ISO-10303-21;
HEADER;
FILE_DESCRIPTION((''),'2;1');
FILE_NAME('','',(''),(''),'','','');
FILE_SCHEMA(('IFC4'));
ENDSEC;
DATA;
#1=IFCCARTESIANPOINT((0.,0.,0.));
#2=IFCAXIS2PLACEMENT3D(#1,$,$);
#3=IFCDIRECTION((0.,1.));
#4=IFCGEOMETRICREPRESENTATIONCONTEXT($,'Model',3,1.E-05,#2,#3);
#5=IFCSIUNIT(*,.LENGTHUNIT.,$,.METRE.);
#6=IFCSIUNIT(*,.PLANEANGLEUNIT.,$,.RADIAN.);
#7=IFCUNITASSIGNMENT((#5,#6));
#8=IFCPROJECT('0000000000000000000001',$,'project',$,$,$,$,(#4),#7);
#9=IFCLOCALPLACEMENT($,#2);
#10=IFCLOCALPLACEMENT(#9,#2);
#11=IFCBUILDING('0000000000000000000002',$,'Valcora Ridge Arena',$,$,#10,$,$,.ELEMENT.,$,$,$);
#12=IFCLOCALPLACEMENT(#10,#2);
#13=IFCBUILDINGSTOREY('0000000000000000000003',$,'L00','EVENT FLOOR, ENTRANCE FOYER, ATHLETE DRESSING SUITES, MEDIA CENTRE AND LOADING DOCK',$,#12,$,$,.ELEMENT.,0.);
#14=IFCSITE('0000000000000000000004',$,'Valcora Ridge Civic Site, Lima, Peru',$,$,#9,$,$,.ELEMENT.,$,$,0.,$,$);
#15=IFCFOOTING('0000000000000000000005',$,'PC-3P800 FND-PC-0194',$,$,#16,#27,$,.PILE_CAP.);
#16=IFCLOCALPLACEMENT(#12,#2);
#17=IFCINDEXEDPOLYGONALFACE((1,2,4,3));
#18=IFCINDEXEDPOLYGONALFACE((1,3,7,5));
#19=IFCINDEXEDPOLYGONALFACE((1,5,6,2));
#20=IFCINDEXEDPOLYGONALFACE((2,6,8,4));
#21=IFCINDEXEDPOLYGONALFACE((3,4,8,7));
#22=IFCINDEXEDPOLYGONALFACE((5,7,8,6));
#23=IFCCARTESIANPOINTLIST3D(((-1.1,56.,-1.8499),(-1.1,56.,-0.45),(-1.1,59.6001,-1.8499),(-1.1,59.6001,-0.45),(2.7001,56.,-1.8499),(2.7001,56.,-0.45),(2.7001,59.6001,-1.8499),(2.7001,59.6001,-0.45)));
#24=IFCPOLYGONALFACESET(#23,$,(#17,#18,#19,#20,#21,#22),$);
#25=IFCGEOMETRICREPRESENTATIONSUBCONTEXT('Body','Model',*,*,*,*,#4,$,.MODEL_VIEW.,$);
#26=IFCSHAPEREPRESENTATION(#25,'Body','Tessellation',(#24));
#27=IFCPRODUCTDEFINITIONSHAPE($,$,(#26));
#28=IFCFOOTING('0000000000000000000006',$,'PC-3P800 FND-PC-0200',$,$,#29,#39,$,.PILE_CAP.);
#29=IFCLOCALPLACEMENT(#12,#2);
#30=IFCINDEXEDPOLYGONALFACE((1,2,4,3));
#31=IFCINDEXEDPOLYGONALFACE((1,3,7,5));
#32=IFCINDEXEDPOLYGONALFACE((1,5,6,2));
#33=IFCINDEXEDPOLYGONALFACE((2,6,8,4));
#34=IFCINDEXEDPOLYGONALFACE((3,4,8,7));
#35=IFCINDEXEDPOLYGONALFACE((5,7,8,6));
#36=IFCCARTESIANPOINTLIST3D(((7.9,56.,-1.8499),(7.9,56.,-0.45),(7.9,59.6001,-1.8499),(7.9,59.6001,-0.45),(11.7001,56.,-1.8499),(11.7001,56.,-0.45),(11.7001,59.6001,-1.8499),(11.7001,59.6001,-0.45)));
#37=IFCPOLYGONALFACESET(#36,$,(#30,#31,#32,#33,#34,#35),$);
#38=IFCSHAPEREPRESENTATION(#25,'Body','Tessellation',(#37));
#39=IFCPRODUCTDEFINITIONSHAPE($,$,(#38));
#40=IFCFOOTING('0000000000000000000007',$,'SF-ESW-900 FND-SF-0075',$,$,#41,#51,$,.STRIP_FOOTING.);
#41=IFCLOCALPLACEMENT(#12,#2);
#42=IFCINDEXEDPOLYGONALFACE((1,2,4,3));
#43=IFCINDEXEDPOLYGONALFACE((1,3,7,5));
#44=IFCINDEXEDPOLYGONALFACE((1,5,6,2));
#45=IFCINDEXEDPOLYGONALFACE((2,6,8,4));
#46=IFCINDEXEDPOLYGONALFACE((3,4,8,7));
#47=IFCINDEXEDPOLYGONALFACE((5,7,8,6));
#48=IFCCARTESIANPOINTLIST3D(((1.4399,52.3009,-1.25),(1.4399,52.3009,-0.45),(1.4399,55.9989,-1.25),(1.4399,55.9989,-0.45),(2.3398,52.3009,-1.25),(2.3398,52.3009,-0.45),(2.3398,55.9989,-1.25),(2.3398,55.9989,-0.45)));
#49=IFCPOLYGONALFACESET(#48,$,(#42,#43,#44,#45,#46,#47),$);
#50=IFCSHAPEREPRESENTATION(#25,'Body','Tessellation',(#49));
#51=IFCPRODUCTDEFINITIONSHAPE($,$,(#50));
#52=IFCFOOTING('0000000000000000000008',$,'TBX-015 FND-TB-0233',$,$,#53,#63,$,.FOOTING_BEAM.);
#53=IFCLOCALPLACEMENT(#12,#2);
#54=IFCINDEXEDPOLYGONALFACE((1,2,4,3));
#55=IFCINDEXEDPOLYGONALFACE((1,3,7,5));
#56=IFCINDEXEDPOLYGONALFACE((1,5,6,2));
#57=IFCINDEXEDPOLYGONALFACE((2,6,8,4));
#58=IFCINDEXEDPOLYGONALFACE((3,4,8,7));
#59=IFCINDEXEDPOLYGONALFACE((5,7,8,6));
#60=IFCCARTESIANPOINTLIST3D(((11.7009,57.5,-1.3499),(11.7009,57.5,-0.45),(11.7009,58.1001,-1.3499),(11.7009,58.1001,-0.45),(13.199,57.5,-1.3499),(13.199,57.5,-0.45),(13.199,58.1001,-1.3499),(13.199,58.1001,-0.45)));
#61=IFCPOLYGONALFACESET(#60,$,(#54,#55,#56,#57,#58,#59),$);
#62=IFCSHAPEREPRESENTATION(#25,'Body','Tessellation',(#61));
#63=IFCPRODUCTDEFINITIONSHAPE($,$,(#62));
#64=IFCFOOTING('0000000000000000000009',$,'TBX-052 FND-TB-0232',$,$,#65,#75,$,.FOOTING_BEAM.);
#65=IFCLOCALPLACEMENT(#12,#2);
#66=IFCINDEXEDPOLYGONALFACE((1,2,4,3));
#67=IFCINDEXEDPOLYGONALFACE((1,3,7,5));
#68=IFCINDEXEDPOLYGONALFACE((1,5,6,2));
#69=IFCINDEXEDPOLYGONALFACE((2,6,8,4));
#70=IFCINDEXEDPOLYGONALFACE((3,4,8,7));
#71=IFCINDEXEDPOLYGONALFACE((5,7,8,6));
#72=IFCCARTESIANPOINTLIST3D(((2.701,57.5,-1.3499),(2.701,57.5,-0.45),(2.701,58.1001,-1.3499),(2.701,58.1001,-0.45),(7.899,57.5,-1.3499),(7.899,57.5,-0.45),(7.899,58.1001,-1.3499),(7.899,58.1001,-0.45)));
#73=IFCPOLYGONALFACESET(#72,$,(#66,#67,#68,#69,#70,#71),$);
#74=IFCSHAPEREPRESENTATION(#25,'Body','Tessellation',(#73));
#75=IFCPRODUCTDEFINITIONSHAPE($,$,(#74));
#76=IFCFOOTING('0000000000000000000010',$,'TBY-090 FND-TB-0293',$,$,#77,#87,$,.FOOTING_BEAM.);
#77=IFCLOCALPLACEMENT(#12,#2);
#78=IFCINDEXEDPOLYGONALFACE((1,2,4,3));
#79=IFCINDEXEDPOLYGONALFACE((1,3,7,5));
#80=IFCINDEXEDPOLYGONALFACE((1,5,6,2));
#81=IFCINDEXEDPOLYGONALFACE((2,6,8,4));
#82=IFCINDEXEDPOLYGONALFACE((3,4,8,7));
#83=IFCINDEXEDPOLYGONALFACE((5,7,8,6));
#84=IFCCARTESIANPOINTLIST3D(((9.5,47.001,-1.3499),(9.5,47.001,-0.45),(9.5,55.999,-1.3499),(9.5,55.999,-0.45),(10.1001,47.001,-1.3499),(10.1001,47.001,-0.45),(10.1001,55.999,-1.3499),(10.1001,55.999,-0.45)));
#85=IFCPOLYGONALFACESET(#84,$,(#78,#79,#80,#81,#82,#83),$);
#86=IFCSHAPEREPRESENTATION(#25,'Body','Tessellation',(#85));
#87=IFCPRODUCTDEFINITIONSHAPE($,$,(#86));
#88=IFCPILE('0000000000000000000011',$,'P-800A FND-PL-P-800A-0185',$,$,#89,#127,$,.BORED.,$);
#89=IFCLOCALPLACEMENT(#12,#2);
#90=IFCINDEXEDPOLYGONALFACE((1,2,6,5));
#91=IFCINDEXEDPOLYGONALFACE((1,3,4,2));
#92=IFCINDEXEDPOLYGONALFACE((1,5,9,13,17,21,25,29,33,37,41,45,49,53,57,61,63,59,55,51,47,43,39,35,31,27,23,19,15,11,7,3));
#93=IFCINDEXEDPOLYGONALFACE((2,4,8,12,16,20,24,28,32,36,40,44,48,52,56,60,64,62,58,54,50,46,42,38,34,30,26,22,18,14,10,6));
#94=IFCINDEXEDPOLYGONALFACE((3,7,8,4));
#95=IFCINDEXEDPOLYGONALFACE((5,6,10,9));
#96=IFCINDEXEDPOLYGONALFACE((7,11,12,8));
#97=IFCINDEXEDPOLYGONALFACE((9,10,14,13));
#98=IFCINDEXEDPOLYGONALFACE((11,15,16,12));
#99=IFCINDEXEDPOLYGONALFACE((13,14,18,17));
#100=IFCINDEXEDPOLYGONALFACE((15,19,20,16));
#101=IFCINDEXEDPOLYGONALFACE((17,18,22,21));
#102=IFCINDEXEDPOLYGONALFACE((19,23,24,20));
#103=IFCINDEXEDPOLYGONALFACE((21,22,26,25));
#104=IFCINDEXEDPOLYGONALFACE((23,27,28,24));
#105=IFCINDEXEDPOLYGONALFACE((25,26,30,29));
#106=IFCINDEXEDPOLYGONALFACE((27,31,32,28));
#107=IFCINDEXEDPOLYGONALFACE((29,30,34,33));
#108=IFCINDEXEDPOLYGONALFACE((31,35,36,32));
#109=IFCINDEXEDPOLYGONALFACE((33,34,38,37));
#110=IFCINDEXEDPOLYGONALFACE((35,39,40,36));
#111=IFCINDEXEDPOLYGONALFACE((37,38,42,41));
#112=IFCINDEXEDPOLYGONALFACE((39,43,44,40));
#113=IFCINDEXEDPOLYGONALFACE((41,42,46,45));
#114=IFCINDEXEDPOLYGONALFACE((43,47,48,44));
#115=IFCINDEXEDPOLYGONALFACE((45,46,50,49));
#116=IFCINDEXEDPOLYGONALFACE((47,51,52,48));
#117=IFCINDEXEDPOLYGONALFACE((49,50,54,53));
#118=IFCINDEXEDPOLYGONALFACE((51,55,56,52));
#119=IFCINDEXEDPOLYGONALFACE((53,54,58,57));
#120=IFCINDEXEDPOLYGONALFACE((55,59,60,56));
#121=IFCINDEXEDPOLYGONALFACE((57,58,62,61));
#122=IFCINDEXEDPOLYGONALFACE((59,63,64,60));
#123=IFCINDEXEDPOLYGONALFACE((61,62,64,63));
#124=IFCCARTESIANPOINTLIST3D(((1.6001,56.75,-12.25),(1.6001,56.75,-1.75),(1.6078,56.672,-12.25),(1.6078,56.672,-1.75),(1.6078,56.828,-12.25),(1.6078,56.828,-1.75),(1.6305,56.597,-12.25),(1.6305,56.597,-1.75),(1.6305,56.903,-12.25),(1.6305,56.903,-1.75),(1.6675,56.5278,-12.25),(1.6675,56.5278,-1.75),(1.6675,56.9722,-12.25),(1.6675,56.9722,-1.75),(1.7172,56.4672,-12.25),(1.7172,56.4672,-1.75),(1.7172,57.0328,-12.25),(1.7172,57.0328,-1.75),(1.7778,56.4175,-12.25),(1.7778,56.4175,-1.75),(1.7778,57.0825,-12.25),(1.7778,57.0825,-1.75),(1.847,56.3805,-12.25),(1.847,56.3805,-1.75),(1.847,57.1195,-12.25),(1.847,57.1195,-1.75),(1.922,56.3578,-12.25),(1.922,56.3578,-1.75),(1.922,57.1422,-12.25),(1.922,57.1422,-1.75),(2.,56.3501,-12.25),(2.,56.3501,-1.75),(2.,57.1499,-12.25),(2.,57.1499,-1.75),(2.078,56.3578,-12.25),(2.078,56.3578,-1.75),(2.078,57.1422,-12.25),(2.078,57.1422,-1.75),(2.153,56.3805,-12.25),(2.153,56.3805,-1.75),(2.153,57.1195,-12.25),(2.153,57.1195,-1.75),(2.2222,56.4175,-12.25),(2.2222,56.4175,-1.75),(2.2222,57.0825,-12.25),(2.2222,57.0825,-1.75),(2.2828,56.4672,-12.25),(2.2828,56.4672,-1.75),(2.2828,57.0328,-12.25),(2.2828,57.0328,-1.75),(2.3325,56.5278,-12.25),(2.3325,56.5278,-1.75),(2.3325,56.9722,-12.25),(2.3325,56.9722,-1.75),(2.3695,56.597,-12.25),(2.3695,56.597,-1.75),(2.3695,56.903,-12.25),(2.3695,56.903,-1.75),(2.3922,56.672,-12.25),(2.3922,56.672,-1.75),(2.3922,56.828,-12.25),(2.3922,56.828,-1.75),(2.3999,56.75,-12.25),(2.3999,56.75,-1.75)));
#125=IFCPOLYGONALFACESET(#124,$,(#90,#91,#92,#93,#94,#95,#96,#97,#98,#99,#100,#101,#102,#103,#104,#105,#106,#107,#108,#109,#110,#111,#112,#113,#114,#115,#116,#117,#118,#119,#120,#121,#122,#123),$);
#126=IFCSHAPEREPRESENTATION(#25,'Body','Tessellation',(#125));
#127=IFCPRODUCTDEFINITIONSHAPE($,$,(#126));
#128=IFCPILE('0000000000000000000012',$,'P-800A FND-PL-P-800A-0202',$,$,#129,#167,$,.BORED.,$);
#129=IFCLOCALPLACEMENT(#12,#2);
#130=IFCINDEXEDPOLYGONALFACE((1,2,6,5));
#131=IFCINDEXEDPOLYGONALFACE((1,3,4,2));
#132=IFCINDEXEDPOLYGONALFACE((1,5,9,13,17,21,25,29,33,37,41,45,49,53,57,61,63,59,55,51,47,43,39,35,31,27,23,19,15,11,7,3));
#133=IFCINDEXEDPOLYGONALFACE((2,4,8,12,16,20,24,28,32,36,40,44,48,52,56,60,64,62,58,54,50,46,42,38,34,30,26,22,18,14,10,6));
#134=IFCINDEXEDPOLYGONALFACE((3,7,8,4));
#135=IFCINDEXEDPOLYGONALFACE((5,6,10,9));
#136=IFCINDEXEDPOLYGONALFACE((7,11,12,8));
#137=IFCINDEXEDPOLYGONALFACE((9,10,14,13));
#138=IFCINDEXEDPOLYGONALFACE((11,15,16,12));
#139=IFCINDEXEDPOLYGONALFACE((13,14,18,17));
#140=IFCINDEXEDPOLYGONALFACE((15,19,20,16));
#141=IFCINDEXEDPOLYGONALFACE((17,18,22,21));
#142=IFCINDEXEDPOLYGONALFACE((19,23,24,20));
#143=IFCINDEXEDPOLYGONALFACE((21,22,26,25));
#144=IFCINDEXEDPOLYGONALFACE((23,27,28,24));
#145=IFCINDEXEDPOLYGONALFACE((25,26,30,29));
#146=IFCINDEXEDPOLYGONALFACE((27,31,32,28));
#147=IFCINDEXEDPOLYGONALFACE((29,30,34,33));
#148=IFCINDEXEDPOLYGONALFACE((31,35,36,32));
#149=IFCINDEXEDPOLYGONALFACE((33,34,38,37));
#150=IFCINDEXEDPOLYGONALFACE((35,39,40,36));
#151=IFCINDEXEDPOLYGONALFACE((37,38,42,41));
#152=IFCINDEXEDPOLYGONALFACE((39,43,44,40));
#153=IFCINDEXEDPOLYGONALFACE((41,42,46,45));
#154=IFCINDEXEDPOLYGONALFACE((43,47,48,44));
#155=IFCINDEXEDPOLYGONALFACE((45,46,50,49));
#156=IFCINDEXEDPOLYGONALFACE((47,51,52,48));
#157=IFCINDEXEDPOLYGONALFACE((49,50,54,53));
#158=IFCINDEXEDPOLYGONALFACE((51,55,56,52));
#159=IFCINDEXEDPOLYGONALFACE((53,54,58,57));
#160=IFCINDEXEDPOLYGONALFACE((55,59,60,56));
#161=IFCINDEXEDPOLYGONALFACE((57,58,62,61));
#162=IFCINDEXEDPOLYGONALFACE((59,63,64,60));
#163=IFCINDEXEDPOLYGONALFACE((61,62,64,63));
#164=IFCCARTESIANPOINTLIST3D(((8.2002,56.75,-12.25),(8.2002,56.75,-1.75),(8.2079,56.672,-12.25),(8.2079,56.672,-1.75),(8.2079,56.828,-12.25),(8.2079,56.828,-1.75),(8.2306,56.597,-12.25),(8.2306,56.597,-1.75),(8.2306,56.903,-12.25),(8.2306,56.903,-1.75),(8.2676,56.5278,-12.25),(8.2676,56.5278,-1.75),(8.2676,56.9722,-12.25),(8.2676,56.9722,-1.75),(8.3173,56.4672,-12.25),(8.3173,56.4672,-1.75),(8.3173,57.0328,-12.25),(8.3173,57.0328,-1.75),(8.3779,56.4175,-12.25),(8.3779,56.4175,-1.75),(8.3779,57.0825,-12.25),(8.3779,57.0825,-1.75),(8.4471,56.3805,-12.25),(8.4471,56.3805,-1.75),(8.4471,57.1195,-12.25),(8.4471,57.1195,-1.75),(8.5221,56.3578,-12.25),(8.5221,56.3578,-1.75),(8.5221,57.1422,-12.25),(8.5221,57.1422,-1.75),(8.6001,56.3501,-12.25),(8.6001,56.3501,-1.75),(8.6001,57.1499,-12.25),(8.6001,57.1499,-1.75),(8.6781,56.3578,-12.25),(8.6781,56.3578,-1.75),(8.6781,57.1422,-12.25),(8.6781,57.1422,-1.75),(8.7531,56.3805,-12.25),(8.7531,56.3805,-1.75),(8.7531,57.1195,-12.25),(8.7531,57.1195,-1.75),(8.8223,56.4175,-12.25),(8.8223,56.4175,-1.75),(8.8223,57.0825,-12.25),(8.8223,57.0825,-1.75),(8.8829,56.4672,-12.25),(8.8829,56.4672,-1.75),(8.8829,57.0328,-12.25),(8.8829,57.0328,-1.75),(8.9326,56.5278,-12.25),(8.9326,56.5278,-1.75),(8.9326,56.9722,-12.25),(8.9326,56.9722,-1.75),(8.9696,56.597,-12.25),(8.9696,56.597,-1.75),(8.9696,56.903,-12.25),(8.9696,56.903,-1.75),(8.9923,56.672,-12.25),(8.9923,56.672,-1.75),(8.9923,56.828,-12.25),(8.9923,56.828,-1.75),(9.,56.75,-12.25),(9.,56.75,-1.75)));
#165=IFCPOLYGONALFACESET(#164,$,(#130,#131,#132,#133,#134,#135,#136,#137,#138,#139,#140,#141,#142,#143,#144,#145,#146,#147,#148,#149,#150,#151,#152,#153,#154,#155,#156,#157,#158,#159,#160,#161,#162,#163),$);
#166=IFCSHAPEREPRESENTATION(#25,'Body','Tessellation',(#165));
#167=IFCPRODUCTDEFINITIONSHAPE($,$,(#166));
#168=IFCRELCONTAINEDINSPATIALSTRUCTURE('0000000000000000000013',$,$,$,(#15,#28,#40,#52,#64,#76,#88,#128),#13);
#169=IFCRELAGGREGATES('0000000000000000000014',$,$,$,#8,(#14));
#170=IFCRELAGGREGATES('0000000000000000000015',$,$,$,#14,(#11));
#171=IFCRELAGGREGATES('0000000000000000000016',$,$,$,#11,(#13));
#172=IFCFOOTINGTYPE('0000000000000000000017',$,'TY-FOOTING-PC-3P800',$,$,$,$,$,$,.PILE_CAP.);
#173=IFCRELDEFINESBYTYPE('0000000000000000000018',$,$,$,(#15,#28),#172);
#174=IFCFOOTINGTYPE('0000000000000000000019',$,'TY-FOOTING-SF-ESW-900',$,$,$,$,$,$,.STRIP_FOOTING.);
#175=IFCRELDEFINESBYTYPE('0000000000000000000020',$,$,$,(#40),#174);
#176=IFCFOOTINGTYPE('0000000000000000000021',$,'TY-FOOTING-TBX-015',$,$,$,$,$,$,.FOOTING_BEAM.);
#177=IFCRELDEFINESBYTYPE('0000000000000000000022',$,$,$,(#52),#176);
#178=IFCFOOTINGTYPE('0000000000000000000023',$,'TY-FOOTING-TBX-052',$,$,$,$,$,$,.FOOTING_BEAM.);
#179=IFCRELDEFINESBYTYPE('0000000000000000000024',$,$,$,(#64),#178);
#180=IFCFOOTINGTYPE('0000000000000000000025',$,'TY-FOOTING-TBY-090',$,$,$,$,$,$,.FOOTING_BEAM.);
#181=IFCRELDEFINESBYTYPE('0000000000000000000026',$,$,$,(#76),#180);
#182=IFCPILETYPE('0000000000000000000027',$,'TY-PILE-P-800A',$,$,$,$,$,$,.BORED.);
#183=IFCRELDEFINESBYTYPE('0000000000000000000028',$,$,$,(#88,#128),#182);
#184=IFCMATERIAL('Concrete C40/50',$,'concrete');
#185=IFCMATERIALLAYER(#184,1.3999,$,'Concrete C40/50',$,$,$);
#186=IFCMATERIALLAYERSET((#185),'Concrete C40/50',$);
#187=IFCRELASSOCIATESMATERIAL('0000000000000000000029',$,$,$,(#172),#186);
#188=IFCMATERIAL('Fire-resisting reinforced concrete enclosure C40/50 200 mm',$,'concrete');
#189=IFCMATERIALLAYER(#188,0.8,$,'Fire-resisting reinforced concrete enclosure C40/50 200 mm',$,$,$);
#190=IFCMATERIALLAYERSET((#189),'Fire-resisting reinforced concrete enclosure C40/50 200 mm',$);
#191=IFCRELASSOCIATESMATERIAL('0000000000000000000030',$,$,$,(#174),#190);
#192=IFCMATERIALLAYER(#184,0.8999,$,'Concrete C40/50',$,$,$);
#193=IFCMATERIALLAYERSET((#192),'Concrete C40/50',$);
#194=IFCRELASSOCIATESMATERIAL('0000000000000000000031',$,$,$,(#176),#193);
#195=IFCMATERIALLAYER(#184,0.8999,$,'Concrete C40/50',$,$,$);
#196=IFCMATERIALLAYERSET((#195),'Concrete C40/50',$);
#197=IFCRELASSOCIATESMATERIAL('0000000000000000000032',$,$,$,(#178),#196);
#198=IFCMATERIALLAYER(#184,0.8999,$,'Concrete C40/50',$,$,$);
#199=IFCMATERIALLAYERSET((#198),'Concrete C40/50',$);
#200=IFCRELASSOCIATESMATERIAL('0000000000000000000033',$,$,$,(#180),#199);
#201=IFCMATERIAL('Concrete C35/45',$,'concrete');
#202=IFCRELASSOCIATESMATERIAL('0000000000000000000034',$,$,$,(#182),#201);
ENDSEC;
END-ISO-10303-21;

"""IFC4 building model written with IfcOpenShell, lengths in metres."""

from ifc_helpers import new_model, si_unit, direction, frame, origin, origin_2d, place, context, subcontext, project, spatial, rectangle, circle, extrude, material, layer, layer_set, material_profile, profile_set, type_object, element, save


model = new_model("IFC4")

# Units and contexts
model_context = context("Model", 3, precision=1e-05, world=origin(), true_north=direction((0.0, 1.0)))
body_context = subcontext(model_context, "Body", "Model", "MODEL_VIEW")
ifc_project = project(units=[si_unit("LENGTHUNIT", "METRE"), si_unit("PLANEANGLEUNIT", "RADIAN")], contexts=[model_context])

# Site, building, storey
site_placement = place(None, origin())
site = spatial("IfcSite", under=ifc_project, at=site_placement, Name="Valcora Ridge Civic Site, Lima, Peru", CompositionType="ELEMENT", RefElevation=0.0)
building_placement = place(site_placement, origin())
building = spatial("IfcBuilding", under=site, at=building_placement, Name="Valcora Ridge Arena", CompositionType="ELEMENT")
storey_placement = place(building_placement, origin())
storey = spatial("IfcBuildingStorey", under=building, at=storey_placement, Name="L00", Description="EVENT FLOOR, ENTRANCE FOYER, ATHLETE DRESSING SUITES, MEDIA CENTRE AND LOADING DOCK", CompositionType="ELEMENT", Elevation=0.0)

# Footings
ifc_material_1 = material(Name="Concrete C40/50", Category="concrete")
ifc_layer_1 = layer(ifc_material_1, 1.3999, Name="Concrete C40/50")
ifc_layer_set_1 = layer_set([ifc_layer_1], Name="Concrete C40/50")
footing_type_1 = type_object("IfcFootingType", Name="TY-FOOTING-PC-3P800", PredefinedType="PILE_CAP", material=ifc_layer_set_1)
for number, where, z_axis, x_axis, name in (
    (1, (0.8, 57.8, -1.8499), (0.0, 0.0, 1.0), (1.0, 0.0, 0.0), "PC-3P800 FND-PC-0194"),
    (2, (9.8, 57.8, -1.8499), (0.0, 0.0, 1.0), (1.0, 0.0, 0.0), "PC-3P800 FND-PC-0200"),
):
    element("IfcFooting", number, at=place(storey_placement, frame(where, z_axis=z_axis, x_axis=x_axis)), inside=storey, type_object=footing_type_1, Name=name, PredefinedType="PILE_CAP", context=body_context, shape_type="SweptSolid", body=[
        extrude(rectangle(XDim=3.8, YDim=3.6001, at=origin_2d()), origin(), (0.0, 0.0, 1.0), 1.3999),
    ])
ifc_material_2 = material(Name="Fire-resisting reinforced concrete enclosure C40/50 200 mm", Category="concrete")
ifc_layer_2 = layer(ifc_material_2, 0.8, Name="Fire-resisting reinforced concrete enclosure C40/50 200 mm")
ifc_layer_set_2 = layer_set([ifc_layer_2], Name="Fire-resisting reinforced concrete enclosure C40/50 200 mm")
footing_type_2 = type_object("IfcFootingType", Name="TY-FOOTING-SF-ESW-900", PredefinedType="STRIP_FOOTING", material=ifc_layer_set_2)
footing_1_placement = place(storey_placement, frame((1.8899, 54.1499, -1.25), z_axis=(0.0, 0.0, 1.0), x_axis=(1.0, 0.0, 0.0)))
element("IfcFooting", 3, at=footing_1_placement, inside=storey, type_object=footing_type_2, Name="SF-ESW-900 FND-SF-0075", PredefinedType="STRIP_FOOTING", context=body_context, shape_type="SweptSolid", body=[
    extrude(rectangle(XDim=0.8999, YDim=3.698, at=origin_2d()), origin(), (0.0, 0.0, 1.0), 0.8),
])
ifc_layer_3 = layer(ifc_material_1, 0.8999, Name="Concrete C40/50")
ifc_layer_set_3 = layer_set([ifc_layer_3], Name="Concrete C40/50")
footing_type_3 = type_object("IfcFootingType", Name="TY-FOOTING-TBX-015", PredefinedType="FOOTING_BEAM", material=ifc_layer_set_3)
footing_2_placement = place(storey_placement, frame((12.45, 57.8, -1.3499), z_axis=(0.0, 0.0, 1.0), x_axis=(1.0, 0.0, 0.0)))
element("IfcFooting", 4, at=footing_2_placement, inside=storey, type_object=footing_type_3, Name="TBX-015 FND-TB-0233", PredefinedType="FOOTING_BEAM", context=body_context, shape_type="SweptSolid", body=[
    extrude(rectangle(XDim=1.498, YDim=0.6001, at=origin_2d()), origin(), (0.0, 0.0, 1.0), 0.8999),
])
ifc_layer_4 = layer(ifc_material_1, 0.8999, Name="Concrete C40/50")
ifc_layer_set_4 = layer_set([ifc_layer_4], Name="Concrete C40/50")
footing_type_4 = type_object("IfcFootingType", Name="TY-FOOTING-TBX-052", PredefinedType="FOOTING_BEAM", material=ifc_layer_set_4)
footing_3_placement = place(storey_placement, frame((5.3, 57.8, -1.3499), z_axis=(0.0, 0.0, 1.0), x_axis=(1.0, 0.0, 0.0)))
element("IfcFooting", 5, at=footing_3_placement, inside=storey, type_object=footing_type_4, Name="TBX-052 FND-TB-0232", PredefinedType="FOOTING_BEAM", context=body_context, shape_type="SweptSolid", body=[
    extrude(rectangle(XDim=5.198, YDim=0.6001, at=origin_2d()), origin(), (0.0, 0.0, 1.0), 0.8999),
])
ifc_layer_5 = layer(ifc_material_1, 0.8999, Name="Concrete C40/50")
ifc_layer_set_5 = layer_set([ifc_layer_5], Name="Concrete C40/50")
footing_type_5 = type_object("IfcFootingType", Name="TY-FOOTING-TBY-090", PredefinedType="FOOTING_BEAM", material=ifc_layer_set_5)
footing_4_placement = place(storey_placement, frame((9.8, 51.5, -1.3499), z_axis=(0.0, 0.0, 1.0), x_axis=(1.0, 0.0, 0.0)))
element("IfcFooting", 6, at=footing_4_placement, inside=storey, type_object=footing_type_5, Name="TBY-090 FND-TB-0293", PredefinedType="FOOTING_BEAM", context=body_context, shape_type="SweptSolid", body=[
    extrude(rectangle(XDim=0.6001, YDim=8.998, at=origin_2d()), origin(), (0.0, 0.0, 1.0), 0.8999),
])

# Piles
ifc_material_3 = material(Name="Concrete C35/45", Category="concrete")
ifc_material_profile_1 = material_profile(ifc_material_3, circle(Radius=0.3999, at=origin_2d()), Name="BORED PILE D800")
ifc_profile_set_1 = profile_set([ifc_material_profile_1], Name="Concrete C35/45")
pile_type_1 = type_object("IfcPileType", Name="TY-PILE-P-800A", PredefinedType="BORED", material=ifc_profile_set_1)
for number, where, z_axis, x_axis, name in (
    (7, (2.0, 56.75, -1.75), (0.0, 0.0, -1.0), (1.0, 0.0, 0.0), "P-800A FND-PL-P-800A-0185"),
    (8, (8.6001, 56.75, -1.75), (0.0, 0.0, -1.0), (1.0, 0.0, 0.0), "P-800A FND-PL-P-800A-0202"),
):
    element("IfcPile", number, at=place(storey_placement, frame(where, z_axis=z_axis, x_axis=x_axis)), inside=storey, type_object=pile_type_1, Name=name, PredefinedType="BORED", context=body_context, shape_type="SweptSolid", body=[
        extrude(circle(Radius=0.3999, at=origin_2d()), origin(), (0.0, 0.0, 1.0), 10.5),
    ])

save(model, "model.ifc")
